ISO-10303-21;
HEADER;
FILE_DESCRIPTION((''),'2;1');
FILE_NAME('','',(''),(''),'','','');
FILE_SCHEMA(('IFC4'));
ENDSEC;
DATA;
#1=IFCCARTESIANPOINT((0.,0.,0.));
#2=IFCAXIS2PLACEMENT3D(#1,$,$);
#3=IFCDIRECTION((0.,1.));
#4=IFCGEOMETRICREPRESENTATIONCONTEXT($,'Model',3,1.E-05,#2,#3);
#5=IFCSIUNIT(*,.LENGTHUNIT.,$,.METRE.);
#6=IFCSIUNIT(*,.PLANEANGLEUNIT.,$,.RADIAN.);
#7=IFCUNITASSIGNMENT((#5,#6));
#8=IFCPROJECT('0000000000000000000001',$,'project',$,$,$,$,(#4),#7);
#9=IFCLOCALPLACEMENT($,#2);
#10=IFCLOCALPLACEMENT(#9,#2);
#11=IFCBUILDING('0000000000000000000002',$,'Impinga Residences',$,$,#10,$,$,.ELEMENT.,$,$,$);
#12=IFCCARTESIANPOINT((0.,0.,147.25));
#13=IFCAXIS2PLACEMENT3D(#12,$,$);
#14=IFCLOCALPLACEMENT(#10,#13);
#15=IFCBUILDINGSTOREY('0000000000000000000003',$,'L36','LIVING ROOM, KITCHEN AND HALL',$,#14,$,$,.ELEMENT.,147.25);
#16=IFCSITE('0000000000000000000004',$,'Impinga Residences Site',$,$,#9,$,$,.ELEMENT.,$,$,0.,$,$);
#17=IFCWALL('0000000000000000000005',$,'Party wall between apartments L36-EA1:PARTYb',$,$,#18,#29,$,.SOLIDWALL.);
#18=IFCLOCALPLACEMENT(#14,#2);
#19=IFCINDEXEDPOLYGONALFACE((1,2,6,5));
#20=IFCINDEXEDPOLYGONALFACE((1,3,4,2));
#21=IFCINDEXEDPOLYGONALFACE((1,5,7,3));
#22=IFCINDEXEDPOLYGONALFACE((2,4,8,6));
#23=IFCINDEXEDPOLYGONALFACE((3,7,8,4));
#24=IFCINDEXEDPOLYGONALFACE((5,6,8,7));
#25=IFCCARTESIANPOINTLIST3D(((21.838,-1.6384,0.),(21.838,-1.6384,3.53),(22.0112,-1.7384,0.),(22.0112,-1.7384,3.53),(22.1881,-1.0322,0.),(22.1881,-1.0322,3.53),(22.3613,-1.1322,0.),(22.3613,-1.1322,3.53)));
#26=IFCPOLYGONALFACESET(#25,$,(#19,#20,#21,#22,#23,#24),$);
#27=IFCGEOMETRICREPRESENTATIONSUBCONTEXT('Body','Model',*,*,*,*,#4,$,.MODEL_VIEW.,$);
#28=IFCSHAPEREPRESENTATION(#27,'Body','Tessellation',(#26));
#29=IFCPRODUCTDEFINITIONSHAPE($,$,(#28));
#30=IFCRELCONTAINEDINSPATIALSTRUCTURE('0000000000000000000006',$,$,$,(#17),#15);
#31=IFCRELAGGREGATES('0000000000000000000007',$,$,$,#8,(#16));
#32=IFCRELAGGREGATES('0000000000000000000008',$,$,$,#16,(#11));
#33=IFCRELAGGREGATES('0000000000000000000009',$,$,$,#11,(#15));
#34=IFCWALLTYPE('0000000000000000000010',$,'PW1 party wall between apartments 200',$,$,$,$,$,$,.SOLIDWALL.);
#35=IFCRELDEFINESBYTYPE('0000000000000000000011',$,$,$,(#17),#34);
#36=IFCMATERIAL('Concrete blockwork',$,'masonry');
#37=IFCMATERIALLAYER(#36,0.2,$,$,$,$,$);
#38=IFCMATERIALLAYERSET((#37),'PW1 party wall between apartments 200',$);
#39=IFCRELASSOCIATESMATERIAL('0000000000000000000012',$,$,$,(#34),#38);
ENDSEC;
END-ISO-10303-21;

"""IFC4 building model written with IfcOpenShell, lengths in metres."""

from ifc_helpers import new_model, si_unit, direction, frame, frame_2d, origin, place, context, subcontext, project, spatial, rectangle, extrude, material, layer, layer_set, type_object, element, save


model = new_model("IFC4")

# Units and contexts
model_context = context("Model", 3, precision=1e-05, world=origin(), true_north=direction((0.0, 1.0)))
body_context = subcontext(model_context, "Body", "Model", "MODEL_VIEW")
ifc_project = project(units=[si_unit("LENGTHUNIT", "METRE"), si_unit("PLANEANGLEUNIT", "RADIAN")], contexts=[model_context])

# Site, building, storey
site_placement = place(None, origin())
site = spatial("IfcSite", under=ifc_project, at=site_placement, Name="Impinga Residences Site", CompositionType="ELEMENT", RefElevation=0.0)
building_placement = place(site_placement, origin())
building = spatial("IfcBuilding", under=site, at=building_placement, Name="Impinga Residences", CompositionType="ELEMENT")
storey_placement = place(building_placement, frame((0.0, 0.0, 147.25)))
storey = spatial("IfcBuildingStorey", under=building, at=storey_placement, Name="L36", Description="LIVING ROOM, KITCHEN AND HALL", CompositionType="ELEMENT", Elevation=147.25)

# Wall
ifc_material_1 = material(Name="Concrete blockwork", Category="masonry")
ifc_layer_1 = layer(ifc_material_1, 0.2)
ifc_layer_set_1 = layer_set([ifc_layer_1], Name="PW1 party wall between apartments 200")
wall_type_1 = type_object("IfcWallType", Name="PW1 party wall between apartments 200", PredefinedType="SOLIDWALL", material=ifc_layer_set_1)
wall_1_placement = place(storey_placement, frame((21.9246, -1.6885, 0.0), z_axis=(0.0, 0.0, 1.0), x_axis=(0.500115, 0.865959, 0.0)))
element("IfcWall", 1, at=wall_1_placement, inside=storey, type_object=wall_type_1, Name="Party wall between apartments L36-EA1:PARTYb", PredefinedType="SOLIDWALL", context=body_context, shape_type="SweptSolid", body=[
    extrude(rectangle(XDim=0.7, YDim=0.2, at=frame_2d((0.3501, 0.0))), origin(), (0.0, 0.0, 1.0), 3.53),
])

save(model, "model.ifc")
